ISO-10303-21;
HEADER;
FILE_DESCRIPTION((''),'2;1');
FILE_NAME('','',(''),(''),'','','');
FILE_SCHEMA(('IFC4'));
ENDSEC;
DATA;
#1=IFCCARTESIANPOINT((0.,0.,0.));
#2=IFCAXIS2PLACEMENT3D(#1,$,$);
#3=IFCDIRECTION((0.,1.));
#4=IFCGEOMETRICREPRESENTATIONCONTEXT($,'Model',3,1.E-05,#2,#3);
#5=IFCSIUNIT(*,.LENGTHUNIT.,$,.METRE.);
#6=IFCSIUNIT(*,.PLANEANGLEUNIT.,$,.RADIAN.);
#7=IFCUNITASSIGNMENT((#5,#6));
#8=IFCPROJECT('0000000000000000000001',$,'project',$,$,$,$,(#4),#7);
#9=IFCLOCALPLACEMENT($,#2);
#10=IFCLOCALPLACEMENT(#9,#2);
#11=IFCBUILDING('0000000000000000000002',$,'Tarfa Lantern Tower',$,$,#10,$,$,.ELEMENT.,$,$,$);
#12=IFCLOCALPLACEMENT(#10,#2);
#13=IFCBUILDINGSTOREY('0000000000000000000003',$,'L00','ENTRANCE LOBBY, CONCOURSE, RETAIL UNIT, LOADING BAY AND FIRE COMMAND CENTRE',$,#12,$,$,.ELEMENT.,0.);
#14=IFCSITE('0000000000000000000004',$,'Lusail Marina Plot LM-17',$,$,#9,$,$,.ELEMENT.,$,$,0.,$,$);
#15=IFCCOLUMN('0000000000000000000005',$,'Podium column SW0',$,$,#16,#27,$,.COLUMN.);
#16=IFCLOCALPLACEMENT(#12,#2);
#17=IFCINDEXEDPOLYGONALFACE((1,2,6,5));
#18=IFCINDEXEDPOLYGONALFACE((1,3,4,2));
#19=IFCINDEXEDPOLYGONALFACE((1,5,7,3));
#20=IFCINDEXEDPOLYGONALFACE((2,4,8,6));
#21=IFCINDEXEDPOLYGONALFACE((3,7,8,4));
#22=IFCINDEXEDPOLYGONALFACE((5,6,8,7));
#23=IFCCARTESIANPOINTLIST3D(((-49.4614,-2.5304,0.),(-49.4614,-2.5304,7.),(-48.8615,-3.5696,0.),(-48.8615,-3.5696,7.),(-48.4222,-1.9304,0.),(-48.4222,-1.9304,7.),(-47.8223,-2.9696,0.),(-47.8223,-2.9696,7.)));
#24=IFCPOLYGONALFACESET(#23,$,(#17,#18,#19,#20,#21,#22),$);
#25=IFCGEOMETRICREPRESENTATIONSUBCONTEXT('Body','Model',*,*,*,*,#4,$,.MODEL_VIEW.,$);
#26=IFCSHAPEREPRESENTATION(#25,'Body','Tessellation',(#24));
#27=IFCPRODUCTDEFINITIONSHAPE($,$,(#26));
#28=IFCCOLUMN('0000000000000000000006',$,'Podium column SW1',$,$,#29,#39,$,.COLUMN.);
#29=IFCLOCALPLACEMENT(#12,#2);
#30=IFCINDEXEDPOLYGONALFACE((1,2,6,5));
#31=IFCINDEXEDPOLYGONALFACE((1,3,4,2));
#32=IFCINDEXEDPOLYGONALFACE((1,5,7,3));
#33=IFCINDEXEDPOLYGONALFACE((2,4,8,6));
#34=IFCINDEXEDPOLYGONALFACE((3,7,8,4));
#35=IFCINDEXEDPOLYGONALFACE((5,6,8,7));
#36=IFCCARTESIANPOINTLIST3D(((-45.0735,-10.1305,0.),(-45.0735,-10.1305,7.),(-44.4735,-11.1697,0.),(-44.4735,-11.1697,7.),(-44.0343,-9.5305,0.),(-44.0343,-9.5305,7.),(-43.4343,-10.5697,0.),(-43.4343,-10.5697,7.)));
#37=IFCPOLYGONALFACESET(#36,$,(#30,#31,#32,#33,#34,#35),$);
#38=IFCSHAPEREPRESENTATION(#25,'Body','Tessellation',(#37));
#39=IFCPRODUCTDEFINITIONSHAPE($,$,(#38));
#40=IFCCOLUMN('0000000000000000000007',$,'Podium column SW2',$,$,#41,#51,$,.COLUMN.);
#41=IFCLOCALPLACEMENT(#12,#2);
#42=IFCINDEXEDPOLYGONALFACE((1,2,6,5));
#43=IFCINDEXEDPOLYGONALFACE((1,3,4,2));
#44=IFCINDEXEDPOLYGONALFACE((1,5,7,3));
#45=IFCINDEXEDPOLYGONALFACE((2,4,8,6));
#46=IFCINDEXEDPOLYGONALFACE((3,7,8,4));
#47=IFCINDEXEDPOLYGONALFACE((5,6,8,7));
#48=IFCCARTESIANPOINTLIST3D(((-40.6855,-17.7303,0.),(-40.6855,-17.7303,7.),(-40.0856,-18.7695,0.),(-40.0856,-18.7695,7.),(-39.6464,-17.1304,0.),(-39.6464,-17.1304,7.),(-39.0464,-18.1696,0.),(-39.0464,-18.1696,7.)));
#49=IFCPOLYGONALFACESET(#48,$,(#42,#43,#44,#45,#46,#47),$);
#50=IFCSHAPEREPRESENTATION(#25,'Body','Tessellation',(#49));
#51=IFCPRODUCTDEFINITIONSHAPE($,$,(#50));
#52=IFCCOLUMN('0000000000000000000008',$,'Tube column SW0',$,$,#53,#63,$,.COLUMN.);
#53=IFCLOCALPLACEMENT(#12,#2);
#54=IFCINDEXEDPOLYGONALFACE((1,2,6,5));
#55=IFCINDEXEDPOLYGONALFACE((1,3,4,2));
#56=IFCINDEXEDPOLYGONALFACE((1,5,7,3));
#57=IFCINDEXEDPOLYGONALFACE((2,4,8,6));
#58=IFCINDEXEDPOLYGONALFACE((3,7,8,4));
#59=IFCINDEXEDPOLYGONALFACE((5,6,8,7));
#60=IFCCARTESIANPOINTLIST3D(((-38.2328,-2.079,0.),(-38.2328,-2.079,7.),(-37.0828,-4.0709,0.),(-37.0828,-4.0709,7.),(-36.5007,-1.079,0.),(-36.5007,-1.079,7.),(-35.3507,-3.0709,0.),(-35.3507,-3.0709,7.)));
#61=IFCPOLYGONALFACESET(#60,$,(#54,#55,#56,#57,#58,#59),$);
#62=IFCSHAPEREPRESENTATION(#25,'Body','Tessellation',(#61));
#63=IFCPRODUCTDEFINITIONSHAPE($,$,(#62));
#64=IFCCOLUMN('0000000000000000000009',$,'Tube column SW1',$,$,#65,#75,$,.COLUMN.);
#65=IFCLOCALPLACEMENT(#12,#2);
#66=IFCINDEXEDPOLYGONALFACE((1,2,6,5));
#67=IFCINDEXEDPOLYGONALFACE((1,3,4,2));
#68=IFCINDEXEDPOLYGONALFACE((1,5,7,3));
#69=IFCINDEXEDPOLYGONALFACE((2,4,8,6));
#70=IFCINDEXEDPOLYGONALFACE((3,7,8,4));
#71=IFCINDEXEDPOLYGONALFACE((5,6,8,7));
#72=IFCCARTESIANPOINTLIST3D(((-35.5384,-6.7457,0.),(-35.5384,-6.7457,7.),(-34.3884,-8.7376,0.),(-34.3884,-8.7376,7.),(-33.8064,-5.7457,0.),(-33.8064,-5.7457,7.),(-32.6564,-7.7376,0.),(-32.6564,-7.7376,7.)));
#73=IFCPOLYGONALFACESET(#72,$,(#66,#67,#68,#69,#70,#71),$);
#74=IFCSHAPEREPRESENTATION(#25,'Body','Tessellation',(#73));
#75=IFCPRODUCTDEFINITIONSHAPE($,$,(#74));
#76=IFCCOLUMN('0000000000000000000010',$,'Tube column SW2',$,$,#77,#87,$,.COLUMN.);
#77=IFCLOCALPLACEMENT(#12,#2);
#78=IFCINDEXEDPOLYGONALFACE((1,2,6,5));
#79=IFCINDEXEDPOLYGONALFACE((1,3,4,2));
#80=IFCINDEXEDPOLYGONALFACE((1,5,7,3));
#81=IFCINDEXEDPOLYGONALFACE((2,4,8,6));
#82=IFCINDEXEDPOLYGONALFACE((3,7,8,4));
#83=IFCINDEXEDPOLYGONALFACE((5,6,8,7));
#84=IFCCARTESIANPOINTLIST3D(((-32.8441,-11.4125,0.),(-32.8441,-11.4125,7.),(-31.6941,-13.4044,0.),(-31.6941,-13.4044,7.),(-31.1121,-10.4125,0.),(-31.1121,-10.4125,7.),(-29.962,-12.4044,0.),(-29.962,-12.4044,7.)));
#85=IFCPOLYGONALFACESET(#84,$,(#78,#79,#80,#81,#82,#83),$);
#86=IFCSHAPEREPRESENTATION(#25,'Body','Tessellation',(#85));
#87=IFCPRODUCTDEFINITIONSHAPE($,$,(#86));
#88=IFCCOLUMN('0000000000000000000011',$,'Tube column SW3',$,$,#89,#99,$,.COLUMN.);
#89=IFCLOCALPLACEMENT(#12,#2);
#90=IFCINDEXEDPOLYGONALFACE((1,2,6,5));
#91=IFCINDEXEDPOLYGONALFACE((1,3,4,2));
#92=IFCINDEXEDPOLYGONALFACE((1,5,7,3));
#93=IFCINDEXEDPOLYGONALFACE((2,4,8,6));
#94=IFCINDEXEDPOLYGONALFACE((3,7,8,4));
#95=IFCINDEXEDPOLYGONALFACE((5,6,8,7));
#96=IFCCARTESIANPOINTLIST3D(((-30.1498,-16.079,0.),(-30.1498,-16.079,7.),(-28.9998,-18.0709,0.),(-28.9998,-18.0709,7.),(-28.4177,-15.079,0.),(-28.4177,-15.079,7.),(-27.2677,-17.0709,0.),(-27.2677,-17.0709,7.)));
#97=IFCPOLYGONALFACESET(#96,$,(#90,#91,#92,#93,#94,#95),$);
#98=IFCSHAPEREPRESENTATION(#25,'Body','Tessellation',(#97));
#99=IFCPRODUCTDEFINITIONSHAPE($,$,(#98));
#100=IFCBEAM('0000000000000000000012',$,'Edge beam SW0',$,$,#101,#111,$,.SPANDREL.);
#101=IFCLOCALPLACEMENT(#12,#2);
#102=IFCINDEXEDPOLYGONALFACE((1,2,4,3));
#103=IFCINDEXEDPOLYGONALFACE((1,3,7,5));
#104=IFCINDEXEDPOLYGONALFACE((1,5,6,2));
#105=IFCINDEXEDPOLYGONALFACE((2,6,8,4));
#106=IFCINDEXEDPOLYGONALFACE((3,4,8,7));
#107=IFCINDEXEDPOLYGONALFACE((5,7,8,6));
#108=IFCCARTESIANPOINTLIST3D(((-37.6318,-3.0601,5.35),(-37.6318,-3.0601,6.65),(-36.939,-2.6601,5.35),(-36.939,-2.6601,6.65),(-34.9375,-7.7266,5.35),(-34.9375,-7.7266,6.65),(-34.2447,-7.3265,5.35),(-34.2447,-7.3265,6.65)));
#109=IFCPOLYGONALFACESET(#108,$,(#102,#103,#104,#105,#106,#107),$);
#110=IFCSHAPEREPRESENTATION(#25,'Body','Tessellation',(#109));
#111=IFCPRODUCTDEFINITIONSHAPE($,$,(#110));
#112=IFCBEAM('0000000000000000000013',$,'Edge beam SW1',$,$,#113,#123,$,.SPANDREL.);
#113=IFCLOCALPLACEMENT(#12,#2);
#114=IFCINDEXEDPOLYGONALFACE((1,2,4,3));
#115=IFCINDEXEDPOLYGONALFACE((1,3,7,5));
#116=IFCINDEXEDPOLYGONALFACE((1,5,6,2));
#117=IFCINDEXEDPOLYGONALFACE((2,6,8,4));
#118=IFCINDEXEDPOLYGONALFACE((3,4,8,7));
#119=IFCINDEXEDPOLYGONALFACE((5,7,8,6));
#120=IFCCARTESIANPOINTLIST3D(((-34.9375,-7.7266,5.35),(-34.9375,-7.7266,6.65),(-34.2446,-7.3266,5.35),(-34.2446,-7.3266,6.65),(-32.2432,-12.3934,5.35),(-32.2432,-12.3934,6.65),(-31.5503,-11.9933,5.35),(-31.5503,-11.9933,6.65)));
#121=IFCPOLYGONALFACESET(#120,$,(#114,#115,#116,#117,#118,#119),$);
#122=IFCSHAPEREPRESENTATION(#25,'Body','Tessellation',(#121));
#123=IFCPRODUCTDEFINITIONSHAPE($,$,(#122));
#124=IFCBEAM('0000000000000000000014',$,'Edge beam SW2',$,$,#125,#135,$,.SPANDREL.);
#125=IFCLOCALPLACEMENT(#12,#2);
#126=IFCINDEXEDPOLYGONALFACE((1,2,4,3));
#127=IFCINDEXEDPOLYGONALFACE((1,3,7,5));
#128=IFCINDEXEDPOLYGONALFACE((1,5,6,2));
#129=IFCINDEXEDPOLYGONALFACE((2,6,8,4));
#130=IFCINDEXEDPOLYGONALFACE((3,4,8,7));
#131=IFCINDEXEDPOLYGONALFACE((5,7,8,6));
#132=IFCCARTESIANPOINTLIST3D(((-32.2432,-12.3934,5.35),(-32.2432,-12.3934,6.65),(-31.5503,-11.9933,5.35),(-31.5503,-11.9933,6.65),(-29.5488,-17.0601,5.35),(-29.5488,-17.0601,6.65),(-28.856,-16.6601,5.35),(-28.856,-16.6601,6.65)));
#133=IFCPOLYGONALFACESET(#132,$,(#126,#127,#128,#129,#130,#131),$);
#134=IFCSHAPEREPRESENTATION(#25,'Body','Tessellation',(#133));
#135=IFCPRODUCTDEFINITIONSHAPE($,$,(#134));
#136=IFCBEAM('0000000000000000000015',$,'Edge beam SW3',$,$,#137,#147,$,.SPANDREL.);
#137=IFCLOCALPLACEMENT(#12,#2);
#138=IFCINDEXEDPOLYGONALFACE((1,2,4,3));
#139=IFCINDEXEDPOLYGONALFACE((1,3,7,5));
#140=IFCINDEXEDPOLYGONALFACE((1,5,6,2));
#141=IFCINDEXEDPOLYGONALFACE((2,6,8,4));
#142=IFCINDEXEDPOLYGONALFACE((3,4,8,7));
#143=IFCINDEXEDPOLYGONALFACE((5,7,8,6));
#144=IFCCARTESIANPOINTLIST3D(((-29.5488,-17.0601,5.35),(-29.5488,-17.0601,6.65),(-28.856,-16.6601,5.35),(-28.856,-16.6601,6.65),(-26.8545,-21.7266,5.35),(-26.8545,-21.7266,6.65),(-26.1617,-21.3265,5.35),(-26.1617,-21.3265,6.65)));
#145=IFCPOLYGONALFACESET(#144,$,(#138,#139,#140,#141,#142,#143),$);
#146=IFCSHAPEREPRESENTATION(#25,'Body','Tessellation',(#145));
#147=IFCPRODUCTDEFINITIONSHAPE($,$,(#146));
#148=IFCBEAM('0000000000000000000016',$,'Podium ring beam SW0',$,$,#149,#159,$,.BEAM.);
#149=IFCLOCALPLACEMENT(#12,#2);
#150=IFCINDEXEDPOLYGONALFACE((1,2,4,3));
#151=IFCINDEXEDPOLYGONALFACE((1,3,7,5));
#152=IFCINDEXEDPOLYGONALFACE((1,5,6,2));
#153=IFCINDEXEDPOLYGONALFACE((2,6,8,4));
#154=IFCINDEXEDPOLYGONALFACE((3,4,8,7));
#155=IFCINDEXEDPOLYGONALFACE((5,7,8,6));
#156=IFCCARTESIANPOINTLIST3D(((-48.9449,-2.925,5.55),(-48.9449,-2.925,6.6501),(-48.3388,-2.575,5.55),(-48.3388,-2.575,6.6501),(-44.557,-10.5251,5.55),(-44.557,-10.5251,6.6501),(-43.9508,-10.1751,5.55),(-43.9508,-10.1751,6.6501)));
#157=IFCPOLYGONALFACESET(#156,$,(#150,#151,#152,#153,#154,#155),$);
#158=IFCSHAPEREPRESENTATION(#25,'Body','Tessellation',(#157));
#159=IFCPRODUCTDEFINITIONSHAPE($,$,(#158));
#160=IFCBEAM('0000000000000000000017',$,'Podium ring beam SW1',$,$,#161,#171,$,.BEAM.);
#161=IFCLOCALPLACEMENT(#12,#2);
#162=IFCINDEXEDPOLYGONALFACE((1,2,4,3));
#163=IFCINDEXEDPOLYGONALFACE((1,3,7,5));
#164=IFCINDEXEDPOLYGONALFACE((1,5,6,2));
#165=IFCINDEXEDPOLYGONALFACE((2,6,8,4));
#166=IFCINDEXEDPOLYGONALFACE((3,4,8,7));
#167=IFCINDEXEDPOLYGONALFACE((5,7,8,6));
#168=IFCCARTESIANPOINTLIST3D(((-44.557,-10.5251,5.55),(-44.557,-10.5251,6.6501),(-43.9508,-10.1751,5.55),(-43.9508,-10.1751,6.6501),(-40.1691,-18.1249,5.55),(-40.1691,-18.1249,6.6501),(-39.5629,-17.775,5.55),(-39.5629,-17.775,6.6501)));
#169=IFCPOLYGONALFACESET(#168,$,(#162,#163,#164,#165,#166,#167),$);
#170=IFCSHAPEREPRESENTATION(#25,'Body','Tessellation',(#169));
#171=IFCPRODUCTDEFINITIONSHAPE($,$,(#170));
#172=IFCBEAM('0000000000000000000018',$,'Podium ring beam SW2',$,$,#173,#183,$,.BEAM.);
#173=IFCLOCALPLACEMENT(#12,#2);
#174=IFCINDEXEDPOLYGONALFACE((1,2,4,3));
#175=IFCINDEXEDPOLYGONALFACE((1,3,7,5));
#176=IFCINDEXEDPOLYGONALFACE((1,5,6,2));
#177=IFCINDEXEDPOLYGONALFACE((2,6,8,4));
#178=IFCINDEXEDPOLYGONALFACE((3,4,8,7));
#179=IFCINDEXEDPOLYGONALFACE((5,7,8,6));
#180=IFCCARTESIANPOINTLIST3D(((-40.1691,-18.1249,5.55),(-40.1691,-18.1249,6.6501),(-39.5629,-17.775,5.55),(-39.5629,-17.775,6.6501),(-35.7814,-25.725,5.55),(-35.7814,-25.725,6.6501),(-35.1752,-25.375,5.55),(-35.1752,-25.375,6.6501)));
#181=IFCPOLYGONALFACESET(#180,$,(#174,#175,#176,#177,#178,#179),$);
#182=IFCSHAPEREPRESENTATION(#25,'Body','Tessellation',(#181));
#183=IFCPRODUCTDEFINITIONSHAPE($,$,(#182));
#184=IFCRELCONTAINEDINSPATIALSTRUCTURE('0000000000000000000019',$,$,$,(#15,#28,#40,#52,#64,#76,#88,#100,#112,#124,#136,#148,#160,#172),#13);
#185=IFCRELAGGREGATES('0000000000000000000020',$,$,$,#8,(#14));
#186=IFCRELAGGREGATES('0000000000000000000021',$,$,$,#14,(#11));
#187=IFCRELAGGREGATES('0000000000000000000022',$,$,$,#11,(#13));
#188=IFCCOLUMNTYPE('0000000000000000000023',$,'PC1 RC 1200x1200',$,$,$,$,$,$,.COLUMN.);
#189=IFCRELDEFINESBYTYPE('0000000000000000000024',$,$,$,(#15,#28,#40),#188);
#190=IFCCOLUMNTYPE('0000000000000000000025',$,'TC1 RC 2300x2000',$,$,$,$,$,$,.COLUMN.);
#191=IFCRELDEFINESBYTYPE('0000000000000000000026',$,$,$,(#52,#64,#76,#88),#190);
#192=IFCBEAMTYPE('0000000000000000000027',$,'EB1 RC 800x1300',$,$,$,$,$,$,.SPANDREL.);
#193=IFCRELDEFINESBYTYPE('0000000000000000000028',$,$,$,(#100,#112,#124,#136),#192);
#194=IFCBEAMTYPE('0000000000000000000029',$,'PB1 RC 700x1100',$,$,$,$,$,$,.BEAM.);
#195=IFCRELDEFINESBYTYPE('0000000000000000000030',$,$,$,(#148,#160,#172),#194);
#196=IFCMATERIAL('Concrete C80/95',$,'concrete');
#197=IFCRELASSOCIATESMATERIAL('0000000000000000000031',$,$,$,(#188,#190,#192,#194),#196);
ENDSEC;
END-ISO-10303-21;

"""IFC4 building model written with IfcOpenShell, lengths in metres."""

from ifc_helpers import new_model, si_unit, direction, frame, origin, origin_2d, place, context, subcontext, project, spatial, rectangle, extrude, material, material_profile, profile_set, type_object, element, save


model = new_model("IFC4")

# Units and contexts
model_context = context("Model", 3, precision=1e-05, world=origin(), true_north=direction((0.0, 1.0)))
body_context = subcontext(model_context, "Body", "Model", "MODEL_VIEW")
ifc_project = project(units=[si_unit("LENGTHUNIT", "METRE"), si_unit("PLANEANGLEUNIT", "RADIAN")], contexts=[model_context])

# Site, building, storey
site_placement = place(None, origin())
site = spatial("IfcSite", under=ifc_project, at=site_placement, Name="Lusail Marina Plot LM-17", CompositionType="ELEMENT", RefElevation=0.0)
building_placement = place(site_placement, origin())
building = spatial("IfcBuilding", under=site, at=building_placement, Name="Tarfa Lantern Tower", CompositionType="ELEMENT")
storey_placement = place(building_placement, origin())
storey = spatial("IfcBuildingStorey", under=building, at=storey_placement, Name="L00", Description="ENTRANCE LOBBY, CONCOURSE, RETAIL UNIT, LOADING BAY AND FIRE COMMAND CENTRE", CompositionType="ELEMENT", Elevation=0.0)

# Columns
ifc_material_1 = material(Name="Concrete C80/95", Category="concrete")
ifc_material_profile_1 = material_profile(ifc_material_1, rectangle(XDim=1.2, YDim=1.2, at=origin_2d()), Name="RC 1200x1200")
ifc_profile_set_1 = profile_set([ifc_material_profile_1], Name="Concrete C80/95")
column_type_1 = type_object("IfcColumnType", Name="PC1 RC 1200x1200", PredefinedType="COLUMN", material=ifc_profile_set_1)
for number, where, z_axis, x_axis, name in (
    (1, (-48.6418, -2.75, 0.0), (0.0, 0.0, 1.0), (0.5, -0.866025, 0.0), "Podium column SW0"),
    (2, (-44.2539, -10.3501, 0.0), (0.0, 0.0, 1.0), (0.5, -0.866025, 0.0), "Podium column SW1"),
    (3, (-39.866, -17.95, 0.0), (0.0, 0.0, 1.0), (0.5, -0.866025, 0.0), "Podium column SW2"),
):
    element("IfcColumn", number, at=place(storey_placement, frame(where, z_axis=z_axis, x_axis=x_axis)), inside=storey, type_object=column_type_1, Name=name, PredefinedType="COLUMN", context=body_context, shape_type="SweptSolid", body=[
        extrude(rectangle(XDim=1.2, YDim=1.2, at=origin_2d()), origin(), (0.0, 0.0, 1.0), 7.0),
    ])
ifc_material_profile_2 = material_profile(ifc_material_1, rectangle(XDim=2.3, YDim=2.0, at=origin_2d()), Name="RC 2300x2000")
ifc_profile_set_2 = profile_set([ifc_material_profile_2], Name="Concrete C80/95")
column_type_2 = type_object("IfcColumnType", Name="TC1 RC 2300x2000", PredefinedType="COLUMN", material=ifc_profile_set_2)
for number, where, z_axis, x_axis, name in (
    (4, (-36.7917, -2.575, 0.0), (0.0, 0.0, 1.0), (0.5, -0.866025, 0.0), "Tube column SW0"),
    (5, (-34.0974, -7.2417, 0.0), (0.0, 0.0, 1.0), (0.5, -0.866025, 0.0), "Tube column SW1"),
    (6, (-31.4031, -11.9084, 0.0), (0.0, 0.0, 1.0), (0.5, -0.866025, 0.0), "Tube column SW2"),
    (7, (-28.7087, -16.575, 0.0), (0.0, 0.0, 1.0), (0.5, -0.866025, 0.0), "Tube column SW3"),
):
    element("IfcColumn", number, at=place(storey_placement, frame(where, z_axis=z_axis, x_axis=x_axis)), inside=storey, type_object=column_type_2, Name=name, PredefinedType="COLUMN", context=body_context, shape_type="SweptSolid", body=[
        extrude(rectangle(XDim=2.3, YDim=2.0, at=origin_2d()), origin(), (0.0, 0.0, 1.0), 7.0),
    ])

# Beams
ifc_material_profile_3 = material_profile(ifc_material_1, rectangle(XDim=0.8, YDim=1.3, at=origin_2d()), Name="RC 800x1300")
ifc_profile_set_3 = profile_set([ifc_material_profile_3], Name="Concrete C80/95")
beam_type_1 = type_object("IfcBeamType", Name="EB1 RC 800x1300", PredefinedType="SPANDREL", material=ifc_profile_set_3)
beam_1_placement = place(storey_placement, frame((-37.2854, -2.8601, 6.0), z_axis=(0.500018, -0.866015, 0.0), x_axis=(0.866015, 0.500018, 0.0)))
element("IfcBeam", 8, at=beam_1_placement, inside=storey, type_object=beam_type_1, Name="Edge beam SW0", PredefinedType="SPANDREL", context=body_context, shape_type="SweptSolid", body=[
    extrude(rectangle(XDim=0.8, YDim=1.3, at=origin_2d()), origin(), (0.0, 0.0, 1.0), 5.3884),
])
for number, where, z_axis, x_axis, name in (
    (9, (-34.5911, -7.5266, 6.0), (0.499998, -0.866026, 0.0), (0.866026, 0.499998, 0.0), "Edge beam SW1"),
    (10, (-31.8967, -12.1934, 6.0), (0.499998, -0.866026, 0.0), (0.866026, 0.499998, 0.0), "Edge beam SW2"),
):
    element("IfcBeam", number, at=place(storey_placement, frame(where, z_axis=z_axis, x_axis=x_axis)), inside=storey, type_object=beam_type_1, Name=name, PredefinedType="SPANDREL", context=body_context, shape_type="SweptSolid", body=[
        extrude(rectangle(XDim=0.8, YDim=1.3, at=origin_2d()), origin(), (0.0, 0.0, 1.0), 5.3887),
    ])
beam_2_placement = place(storey_placement, frame((-29.2024, -16.8601, 6.0), z_axis=(0.500018, -0.866015, 0.0), x_axis=(0.866015, 0.500018, 0.0)))
element("IfcBeam", 11, at=beam_2_placement, inside=storey, type_object=beam_type_1, Name="Edge beam SW3", PredefinedType="SPANDREL", context=body_context, shape_type="SweptSolid", body=[
    extrude(rectangle(XDim=0.8, YDim=1.3, at=origin_2d()), origin(), (0.0, 0.0, 1.0), 5.3884),
])
ifc_material_profile_4 = material_profile(ifc_material_1, rectangle(XDim=0.7, YDim=1.1001, at=origin_2d()), Name="RC 700x1100")
ifc_profile_set_4 = profile_set([ifc_material_profile_4], Name="Concrete C80/95")
beam_type_2 = type_object("IfcBeamType", Name="PB1 RC 700x1100", PredefinedType="BEAM", material=ifc_profile_set_4)
beam_3_placement = place(storey_placement, frame((-48.6418, -2.75, 6.1001), z_axis=(0.500002, -0.866024, 0.0), x_axis=(0.866024, 0.500002, 0.0)))
element("IfcBeam", 12, at=beam_3_placement, inside=storey, type_object=beam_type_2, Name="Podium ring beam SW0", PredefinedType="BEAM", context=body_context, shape_type="SweptSolid", body=[
    extrude(rectangle(XDim=0.7, YDim=1.1001, at=origin_2d()), origin(), (0.0, 0.0, 1.0), 8.7759),
])
for number, where, z_axis, x_axis, name in (
    (13, (-44.2539, -10.3501, 6.1001), (0.500014, -0.866017, 0.0), (0.866017, 0.500014, 0.0), "Podium ring beam SW1"),
    (14, (-39.866, -17.95, 6.1001), (0.499981, -0.866036, 0.0), (0.866036, 0.499981, 0.0), "Podium ring beam SW2"),
):
    element("IfcBeam", number, at=place(storey_placement, frame(where, z_axis=z_axis, x_axis=x_axis)), inside=storey, type_object=beam_type_2, Name=name, PredefinedType="BEAM", context=body_context, shape_type="SweptSolid", body=[
        extrude(rectangle(XDim=0.7, YDim=1.1001, at=origin_2d()), origin(), (0.0, 0.0, 1.0), 8.7756),
    ])

save(model, "model.ifc")
